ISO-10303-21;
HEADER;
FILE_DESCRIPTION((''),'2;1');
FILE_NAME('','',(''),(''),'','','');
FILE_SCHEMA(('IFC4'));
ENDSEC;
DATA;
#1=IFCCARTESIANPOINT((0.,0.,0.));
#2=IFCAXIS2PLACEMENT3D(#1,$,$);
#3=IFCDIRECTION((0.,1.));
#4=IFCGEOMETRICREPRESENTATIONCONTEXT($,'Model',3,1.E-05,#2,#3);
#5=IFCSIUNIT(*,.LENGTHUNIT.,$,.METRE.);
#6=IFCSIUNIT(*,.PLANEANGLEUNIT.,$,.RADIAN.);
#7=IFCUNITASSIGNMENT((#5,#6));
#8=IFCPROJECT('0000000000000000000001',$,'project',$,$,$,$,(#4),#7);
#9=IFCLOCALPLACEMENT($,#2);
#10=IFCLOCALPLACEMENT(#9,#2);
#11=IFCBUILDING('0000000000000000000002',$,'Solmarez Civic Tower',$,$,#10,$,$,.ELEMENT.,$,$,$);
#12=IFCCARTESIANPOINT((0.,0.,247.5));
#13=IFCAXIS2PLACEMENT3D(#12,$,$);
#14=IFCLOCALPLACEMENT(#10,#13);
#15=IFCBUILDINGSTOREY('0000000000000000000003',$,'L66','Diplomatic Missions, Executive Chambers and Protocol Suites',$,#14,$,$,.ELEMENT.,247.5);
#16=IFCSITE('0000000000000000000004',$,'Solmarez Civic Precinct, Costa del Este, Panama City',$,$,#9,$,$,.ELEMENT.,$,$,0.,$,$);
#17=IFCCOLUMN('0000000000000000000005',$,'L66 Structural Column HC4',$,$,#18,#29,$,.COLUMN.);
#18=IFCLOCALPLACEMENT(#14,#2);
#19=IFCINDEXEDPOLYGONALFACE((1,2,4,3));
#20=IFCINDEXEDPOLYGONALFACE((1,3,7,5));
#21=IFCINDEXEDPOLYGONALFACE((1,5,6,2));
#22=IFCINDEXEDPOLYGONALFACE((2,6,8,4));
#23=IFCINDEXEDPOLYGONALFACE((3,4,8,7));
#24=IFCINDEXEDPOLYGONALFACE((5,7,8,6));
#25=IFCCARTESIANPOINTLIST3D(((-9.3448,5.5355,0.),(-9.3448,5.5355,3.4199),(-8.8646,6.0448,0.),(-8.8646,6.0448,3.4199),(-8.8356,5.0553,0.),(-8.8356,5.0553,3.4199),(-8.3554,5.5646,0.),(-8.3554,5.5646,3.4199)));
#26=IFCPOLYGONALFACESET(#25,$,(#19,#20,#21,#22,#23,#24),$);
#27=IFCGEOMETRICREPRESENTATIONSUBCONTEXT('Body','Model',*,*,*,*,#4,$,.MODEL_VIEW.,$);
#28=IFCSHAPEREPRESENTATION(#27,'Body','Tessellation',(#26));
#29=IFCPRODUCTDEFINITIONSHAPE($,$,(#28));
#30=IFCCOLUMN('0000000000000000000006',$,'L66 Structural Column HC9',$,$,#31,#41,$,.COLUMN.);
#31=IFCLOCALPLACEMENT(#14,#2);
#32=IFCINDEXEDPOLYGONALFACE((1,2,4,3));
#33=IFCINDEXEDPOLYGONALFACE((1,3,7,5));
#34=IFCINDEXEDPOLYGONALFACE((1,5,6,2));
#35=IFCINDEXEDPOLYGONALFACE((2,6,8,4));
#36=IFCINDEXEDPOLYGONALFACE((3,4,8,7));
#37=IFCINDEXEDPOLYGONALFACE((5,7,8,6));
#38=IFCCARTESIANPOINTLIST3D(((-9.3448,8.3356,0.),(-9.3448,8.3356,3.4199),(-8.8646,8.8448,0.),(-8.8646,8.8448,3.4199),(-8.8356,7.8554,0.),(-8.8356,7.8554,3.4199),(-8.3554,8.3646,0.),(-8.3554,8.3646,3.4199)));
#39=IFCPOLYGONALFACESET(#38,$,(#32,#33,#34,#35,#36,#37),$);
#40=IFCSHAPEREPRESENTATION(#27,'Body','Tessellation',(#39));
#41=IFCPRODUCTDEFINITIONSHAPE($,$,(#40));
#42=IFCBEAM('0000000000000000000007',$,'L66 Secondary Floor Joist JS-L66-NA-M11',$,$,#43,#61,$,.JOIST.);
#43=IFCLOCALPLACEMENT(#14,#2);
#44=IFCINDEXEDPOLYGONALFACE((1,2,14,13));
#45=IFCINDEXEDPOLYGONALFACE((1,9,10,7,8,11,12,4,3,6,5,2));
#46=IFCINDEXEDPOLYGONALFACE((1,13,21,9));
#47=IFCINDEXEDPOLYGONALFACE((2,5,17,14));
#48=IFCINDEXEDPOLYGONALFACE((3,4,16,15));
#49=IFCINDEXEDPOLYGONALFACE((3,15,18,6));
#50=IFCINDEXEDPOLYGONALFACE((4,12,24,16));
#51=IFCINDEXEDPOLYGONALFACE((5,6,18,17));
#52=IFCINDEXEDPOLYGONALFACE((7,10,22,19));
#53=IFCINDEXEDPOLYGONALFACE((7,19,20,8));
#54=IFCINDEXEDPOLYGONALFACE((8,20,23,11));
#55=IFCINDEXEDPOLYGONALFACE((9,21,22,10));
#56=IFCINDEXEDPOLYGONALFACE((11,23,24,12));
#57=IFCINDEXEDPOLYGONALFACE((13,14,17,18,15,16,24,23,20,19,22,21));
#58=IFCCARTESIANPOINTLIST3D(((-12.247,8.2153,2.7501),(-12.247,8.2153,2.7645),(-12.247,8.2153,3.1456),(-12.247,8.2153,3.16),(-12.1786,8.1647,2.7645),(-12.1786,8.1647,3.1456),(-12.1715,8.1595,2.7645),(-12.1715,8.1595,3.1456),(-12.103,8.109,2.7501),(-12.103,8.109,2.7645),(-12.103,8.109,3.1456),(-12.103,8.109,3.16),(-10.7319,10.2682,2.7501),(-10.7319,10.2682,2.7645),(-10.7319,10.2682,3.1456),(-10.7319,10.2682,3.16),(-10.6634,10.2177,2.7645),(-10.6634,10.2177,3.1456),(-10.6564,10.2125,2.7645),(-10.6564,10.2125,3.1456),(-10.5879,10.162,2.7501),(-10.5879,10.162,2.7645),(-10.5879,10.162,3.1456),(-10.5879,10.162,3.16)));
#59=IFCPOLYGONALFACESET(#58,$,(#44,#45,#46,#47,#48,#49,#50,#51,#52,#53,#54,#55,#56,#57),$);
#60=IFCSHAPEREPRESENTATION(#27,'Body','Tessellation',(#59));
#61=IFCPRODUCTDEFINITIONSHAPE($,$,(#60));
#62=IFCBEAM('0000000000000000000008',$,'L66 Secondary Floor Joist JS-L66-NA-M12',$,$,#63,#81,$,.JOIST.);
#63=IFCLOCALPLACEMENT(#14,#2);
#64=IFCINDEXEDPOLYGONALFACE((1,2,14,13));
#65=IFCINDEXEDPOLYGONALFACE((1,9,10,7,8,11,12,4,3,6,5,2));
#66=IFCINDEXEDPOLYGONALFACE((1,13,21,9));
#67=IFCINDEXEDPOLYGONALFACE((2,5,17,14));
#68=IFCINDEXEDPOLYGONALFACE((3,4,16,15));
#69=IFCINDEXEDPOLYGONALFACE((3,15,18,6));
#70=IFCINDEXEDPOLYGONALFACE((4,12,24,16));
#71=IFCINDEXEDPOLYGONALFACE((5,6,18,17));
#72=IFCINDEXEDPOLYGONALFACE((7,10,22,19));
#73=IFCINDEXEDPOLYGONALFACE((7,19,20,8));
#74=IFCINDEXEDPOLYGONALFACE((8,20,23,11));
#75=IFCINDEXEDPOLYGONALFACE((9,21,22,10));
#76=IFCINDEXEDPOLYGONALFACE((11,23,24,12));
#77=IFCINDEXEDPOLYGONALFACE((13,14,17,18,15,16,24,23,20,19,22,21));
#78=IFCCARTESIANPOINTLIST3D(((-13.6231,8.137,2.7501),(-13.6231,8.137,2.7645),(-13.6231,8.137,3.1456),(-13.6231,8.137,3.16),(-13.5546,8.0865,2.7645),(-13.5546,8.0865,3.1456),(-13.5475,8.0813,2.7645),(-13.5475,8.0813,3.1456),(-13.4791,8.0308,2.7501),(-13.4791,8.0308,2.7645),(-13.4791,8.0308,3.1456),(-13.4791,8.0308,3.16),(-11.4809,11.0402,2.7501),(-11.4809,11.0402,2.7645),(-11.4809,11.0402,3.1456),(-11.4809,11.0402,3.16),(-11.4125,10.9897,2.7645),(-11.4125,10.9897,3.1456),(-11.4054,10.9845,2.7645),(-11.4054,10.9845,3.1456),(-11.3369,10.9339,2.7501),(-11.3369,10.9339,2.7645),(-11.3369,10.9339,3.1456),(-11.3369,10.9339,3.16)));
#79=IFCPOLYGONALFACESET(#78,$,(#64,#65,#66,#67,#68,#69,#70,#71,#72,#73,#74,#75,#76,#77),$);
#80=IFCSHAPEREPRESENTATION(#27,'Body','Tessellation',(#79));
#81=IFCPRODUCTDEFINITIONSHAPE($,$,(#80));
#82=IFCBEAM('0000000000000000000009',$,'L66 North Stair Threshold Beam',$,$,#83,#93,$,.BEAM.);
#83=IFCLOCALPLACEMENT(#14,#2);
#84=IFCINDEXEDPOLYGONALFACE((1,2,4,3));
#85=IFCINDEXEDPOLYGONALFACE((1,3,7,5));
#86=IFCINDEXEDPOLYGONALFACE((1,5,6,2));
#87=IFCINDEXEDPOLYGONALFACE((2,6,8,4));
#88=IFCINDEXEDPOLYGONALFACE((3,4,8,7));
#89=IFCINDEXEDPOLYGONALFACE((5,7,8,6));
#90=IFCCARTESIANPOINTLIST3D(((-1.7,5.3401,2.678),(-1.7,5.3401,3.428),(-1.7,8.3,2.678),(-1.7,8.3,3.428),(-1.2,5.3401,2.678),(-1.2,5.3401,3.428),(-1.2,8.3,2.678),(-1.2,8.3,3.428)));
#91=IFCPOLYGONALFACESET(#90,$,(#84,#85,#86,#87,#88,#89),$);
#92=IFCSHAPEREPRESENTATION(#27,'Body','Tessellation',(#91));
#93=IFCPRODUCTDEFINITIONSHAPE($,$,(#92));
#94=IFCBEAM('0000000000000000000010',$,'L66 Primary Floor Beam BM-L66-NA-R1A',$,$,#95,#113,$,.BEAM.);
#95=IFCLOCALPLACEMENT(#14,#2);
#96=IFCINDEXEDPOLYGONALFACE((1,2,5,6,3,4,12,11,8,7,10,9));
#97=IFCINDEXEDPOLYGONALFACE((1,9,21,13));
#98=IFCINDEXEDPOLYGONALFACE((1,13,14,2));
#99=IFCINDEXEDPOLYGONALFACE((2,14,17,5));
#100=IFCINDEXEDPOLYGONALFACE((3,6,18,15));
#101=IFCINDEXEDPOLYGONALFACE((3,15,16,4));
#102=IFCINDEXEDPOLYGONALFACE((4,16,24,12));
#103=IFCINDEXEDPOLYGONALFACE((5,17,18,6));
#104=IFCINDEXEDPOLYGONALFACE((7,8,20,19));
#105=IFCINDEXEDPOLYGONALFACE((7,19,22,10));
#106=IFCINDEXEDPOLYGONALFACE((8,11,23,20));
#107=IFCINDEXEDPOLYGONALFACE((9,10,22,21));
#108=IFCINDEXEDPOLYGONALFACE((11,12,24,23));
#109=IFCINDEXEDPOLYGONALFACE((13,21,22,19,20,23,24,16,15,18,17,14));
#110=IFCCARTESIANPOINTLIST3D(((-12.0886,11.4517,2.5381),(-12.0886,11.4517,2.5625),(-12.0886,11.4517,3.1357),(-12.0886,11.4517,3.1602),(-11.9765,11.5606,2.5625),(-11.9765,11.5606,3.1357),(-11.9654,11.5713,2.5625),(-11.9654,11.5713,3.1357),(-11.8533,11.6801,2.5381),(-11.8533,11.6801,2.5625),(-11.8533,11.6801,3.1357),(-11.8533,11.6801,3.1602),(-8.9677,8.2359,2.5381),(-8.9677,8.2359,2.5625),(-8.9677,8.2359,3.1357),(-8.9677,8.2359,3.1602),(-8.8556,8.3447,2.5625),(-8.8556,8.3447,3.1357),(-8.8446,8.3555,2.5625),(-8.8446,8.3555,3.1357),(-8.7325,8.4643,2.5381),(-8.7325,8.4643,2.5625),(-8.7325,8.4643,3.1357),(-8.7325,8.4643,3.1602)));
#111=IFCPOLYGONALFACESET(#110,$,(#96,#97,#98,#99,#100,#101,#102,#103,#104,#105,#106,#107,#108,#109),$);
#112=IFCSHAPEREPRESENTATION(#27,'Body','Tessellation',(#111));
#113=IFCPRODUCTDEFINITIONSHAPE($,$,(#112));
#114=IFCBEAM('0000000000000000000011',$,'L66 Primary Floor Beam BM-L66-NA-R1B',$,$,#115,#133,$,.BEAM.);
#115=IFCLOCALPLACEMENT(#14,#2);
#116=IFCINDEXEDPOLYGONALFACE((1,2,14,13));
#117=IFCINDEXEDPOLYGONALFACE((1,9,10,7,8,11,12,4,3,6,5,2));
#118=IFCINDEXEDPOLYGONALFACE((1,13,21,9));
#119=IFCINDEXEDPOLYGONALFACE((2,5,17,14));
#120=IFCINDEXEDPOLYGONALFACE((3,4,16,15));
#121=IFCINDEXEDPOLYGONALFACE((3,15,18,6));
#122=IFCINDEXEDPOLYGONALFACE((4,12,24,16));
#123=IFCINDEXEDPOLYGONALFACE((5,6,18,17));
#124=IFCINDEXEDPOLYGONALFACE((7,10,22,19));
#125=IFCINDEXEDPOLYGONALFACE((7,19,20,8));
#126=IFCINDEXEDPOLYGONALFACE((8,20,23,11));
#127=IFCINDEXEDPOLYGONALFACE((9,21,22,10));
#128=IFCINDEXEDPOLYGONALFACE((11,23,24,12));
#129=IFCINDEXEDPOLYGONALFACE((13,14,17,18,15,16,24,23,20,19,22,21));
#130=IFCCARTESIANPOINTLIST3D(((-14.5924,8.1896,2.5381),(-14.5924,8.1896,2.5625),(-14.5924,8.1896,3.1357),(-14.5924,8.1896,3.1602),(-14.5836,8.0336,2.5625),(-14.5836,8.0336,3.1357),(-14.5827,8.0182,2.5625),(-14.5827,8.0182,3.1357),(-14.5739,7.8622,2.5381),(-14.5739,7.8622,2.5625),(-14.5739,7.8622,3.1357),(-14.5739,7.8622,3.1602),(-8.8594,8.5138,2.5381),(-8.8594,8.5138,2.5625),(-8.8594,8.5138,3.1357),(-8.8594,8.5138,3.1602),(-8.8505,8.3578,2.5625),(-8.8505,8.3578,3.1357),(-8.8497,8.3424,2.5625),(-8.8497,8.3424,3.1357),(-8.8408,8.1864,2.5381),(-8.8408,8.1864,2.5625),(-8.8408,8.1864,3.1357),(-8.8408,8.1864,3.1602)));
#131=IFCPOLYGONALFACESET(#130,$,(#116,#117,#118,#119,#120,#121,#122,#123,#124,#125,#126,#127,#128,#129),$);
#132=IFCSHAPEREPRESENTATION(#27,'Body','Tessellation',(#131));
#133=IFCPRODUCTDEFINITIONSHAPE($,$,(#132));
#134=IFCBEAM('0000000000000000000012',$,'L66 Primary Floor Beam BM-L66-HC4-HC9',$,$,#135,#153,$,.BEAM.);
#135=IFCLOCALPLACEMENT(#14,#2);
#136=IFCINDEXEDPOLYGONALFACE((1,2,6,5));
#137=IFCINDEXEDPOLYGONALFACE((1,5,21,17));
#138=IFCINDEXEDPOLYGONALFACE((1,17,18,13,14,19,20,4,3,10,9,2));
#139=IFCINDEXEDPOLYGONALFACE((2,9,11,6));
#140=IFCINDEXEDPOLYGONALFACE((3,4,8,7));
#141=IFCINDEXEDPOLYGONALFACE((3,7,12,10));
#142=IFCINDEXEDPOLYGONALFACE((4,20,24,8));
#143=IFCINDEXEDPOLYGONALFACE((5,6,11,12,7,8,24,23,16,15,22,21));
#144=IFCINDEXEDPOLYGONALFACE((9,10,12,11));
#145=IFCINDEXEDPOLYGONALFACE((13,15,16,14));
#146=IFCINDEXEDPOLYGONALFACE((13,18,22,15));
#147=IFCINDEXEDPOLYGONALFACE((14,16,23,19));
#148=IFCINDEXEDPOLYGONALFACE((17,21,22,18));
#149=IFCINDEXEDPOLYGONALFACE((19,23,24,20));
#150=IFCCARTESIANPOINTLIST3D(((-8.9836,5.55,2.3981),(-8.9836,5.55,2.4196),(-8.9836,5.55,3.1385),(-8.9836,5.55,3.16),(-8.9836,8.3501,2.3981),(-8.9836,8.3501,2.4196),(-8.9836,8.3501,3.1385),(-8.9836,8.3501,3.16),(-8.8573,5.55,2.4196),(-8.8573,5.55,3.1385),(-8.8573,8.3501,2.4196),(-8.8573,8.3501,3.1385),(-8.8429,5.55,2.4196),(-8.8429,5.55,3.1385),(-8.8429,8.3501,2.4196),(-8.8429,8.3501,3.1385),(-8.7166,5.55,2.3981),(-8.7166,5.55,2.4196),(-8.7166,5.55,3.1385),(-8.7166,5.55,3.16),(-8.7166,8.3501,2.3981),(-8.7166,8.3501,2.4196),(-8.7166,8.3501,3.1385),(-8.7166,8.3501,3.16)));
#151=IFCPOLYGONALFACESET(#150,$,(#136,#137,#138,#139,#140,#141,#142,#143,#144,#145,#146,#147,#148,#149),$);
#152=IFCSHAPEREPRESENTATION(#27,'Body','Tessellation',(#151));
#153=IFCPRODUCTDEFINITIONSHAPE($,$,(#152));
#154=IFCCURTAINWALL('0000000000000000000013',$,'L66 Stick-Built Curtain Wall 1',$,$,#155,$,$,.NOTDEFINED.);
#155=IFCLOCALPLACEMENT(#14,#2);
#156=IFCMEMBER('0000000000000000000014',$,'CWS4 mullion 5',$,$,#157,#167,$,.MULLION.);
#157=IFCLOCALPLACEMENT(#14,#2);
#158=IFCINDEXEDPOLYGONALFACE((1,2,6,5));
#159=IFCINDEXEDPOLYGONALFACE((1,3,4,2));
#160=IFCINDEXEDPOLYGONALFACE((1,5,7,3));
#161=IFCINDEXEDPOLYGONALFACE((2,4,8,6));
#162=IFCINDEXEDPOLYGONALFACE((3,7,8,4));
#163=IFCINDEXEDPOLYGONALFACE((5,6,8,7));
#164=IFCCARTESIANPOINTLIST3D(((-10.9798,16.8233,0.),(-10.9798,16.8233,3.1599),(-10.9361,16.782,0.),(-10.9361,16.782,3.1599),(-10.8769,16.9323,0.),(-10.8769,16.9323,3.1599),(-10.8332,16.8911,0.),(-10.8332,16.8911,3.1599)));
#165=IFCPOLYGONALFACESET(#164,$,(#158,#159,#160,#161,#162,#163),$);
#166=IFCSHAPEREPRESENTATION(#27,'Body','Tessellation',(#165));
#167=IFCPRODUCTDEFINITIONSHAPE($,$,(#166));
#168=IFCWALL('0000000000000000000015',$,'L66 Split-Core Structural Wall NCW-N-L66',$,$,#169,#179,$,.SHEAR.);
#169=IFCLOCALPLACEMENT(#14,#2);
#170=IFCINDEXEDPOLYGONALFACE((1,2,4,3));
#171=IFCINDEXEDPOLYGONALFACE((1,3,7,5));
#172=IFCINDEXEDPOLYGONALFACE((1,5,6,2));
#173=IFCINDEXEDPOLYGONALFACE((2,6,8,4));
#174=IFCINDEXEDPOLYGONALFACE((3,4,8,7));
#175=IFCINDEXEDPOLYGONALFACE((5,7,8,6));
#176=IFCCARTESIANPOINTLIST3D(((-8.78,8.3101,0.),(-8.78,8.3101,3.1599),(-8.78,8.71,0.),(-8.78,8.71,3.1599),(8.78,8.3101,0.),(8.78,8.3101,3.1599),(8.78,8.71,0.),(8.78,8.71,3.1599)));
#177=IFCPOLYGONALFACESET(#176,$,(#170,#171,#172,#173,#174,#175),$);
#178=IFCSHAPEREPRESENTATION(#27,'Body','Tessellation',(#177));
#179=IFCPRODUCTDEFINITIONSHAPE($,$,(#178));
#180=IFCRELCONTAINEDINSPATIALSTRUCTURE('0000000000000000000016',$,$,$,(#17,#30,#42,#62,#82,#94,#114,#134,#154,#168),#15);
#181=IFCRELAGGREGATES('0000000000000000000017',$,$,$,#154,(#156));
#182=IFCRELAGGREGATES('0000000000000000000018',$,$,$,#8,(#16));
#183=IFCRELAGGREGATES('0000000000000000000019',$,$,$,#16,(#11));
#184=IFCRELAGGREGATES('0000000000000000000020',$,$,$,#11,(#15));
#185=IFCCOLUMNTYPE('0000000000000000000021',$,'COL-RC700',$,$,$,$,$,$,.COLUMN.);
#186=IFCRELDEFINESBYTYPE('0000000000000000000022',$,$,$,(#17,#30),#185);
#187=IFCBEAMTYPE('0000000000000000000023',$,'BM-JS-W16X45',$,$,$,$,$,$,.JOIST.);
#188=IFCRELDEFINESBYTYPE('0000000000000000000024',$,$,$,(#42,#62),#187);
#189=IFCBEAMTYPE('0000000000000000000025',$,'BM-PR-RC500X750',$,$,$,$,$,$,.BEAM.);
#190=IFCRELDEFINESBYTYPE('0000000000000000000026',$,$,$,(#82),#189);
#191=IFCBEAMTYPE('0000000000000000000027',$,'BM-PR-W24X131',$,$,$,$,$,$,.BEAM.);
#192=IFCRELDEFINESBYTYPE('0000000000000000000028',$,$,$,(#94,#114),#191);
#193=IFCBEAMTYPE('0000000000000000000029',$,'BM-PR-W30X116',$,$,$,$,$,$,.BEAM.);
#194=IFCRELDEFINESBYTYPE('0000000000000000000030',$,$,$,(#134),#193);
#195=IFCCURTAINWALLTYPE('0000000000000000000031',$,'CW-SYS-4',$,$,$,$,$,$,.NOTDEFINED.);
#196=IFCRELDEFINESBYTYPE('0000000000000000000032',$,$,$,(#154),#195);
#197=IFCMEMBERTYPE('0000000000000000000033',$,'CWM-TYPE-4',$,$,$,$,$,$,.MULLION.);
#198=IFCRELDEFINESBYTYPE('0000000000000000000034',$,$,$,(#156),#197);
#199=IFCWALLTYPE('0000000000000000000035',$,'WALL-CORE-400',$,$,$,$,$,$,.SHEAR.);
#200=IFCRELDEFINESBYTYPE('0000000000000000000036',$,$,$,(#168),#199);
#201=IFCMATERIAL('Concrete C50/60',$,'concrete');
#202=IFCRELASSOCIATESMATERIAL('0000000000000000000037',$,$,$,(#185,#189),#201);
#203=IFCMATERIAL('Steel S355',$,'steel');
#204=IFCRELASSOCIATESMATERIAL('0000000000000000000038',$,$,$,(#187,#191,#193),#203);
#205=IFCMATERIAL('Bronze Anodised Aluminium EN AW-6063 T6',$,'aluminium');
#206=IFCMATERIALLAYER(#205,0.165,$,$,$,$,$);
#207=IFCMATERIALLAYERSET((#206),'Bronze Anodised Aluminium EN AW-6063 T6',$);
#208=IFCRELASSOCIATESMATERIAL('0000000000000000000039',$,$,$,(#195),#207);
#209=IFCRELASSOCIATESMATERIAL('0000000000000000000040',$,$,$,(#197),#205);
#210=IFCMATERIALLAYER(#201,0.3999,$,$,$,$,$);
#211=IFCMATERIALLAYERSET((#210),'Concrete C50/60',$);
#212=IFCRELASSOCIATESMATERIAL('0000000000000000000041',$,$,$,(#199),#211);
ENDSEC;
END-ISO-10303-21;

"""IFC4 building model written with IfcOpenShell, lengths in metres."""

from ifc_helpers import new_model, si_unit, direction, frame, frame_2d, origin, origin_2d, place, context, subcontext, project, spatial, rectangle, i_section, extrude, material, layer, layer_set, material_profile, profile_set, type_object, element, aggregate, save


model = new_model("IFC4")

# Units and contexts
model_context = context("Model", 3, precision=1e-05, world=origin(), true_north=direction((0.0, 1.0)))
body_context = subcontext(model_context, "Body", "Model", "MODEL_VIEW")
ifc_project = project(units=[si_unit("LENGTHUNIT", "METRE"), si_unit("PLANEANGLEUNIT", "RADIAN")], contexts=[model_context])

# Site, building, storey
site_placement = place(None, origin())
site = spatial("IfcSite", under=ifc_project, at=site_placement, Name="Solmarez Civic Precinct, Costa del Este, Panama City", CompositionType="ELEMENT", RefElevation=0.0)
building_placement = place(site_placement, origin())
building = spatial("IfcBuilding", under=site, at=building_placement, Name="Solmarez Civic Tower", CompositionType="ELEMENT")
storey_placement = place(building_placement, frame((0.0, 0.0, 247.5)))
storey = spatial("IfcBuildingStorey", under=building, at=storey_placement, Name="L66", Description="Diplomatic Missions, Executive Chambers and Protocol Suites", CompositionType="ELEMENT", Elevation=247.5)

# Columns
ifc_material_1 = material(Name="Concrete C50/60", Category="concrete")
ifc_material_profile_1 = material_profile(ifc_material_1, rectangle(XDim=0.7, YDim=0.7, at=origin_2d()), Name="RC700X700")
ifc_profile_set_1 = profile_set([ifc_material_profile_1], Name="Concrete C50/60")
column_type = type_object("IfcColumnType", Name="COL-RC700", PredefinedType="COLUMN", material=ifc_profile_set_1)
for number, where, z_axis, x_axis, name in (
    (1, (-8.8501, 5.55, 0.0), (0.0, 0.0, 1.0), (0.686072, 0.727533, 0.0), "L66 Structural Column HC4"),
    (2, (-8.8501, 8.3501, 0.0), (0.0, 0.0, 1.0), (0.686072, 0.727533, 0.0), "L66 Structural Column HC9"),
):
    element("IfcColumn", number, at=place(storey_placement, frame(where, z_axis=z_axis, x_axis=x_axis)), inside=storey, type_object=column_type, Name=name, PredefinedType="COLUMN", context=body_context, shape_type="SweptSolid", body=[
        extrude(rectangle(XDim=0.7, YDim=0.7, at=origin_2d()), origin(), (0.0, 0.0, 1.0), 3.4199),
    ])

# Beams
ifc_material_2 = material(Name="Steel S355", Category="steel")
ifc_material_profile_2 = material_profile(ifc_material_2, i_section(OverallWidth=0.179, OverallDepth=0.4099, WebThickness=0.0088, FlangeThickness=0.0144, at=origin_2d()), Name="W16X45")
ifc_profile_set_2 = profile_set([ifc_material_profile_2], Name="Steel S355")
beam_type_1 = type_object("IfcBeamType", Name="BM-JS-W16X45", PredefinedType="JOIST", material=ifc_profile_set_2)
beam_1_placement = place(storey_placement, frame((-10.6599, 10.2151, 2.9551), z_axis=(-0.593812, -0.804603, 0.0), x_axis=(0.804603, -0.593812, 0.0)))
element("IfcBeam", 3, at=beam_1_placement, inside=storey, type_object=beam_type_1, Name="L66 Secondary Floor Joist JS-L66-NA-M11", PredefinedType="JOIST", context=body_context, shape_type="SweptSolid", body=[
    extrude(i_section(OverallWidth=0.179, OverallDepth=0.4099, WebThickness=0.0088, FlangeThickness=0.0144, at=origin_2d()), origin(), (0.0, 0.0, 1.0), 2.5515),
])
beam_2_placement = place(storey_placement, frame((-11.4089, 10.9871, 2.9551), z_axis=(-0.593734, -0.804661, 0.0), x_axis=(0.804661, -0.593734, 0.0)))
element("IfcBeam", 4, at=beam_2_placement, inside=storey, type_object=beam_type_1, Name="L66 Secondary Floor Joist JS-L66-NA-M12", PredefinedType="JOIST", context=body_context, shape_type="SweptSolid", body=[
    extrude(i_section(OverallWidth=0.179, OverallDepth=0.4099, WebThickness=0.0088, FlangeThickness=0.0144, at=origin_2d()), origin(), (0.0, 0.0, 1.0), 3.6079),
])
ifc_material_profile_3 = material_profile(ifc_material_1, rectangle(XDim=0.5, YDim=0.75, at=origin_2d()), Name="RC500X750")
ifc_profile_set_3 = profile_set([ifc_material_profile_3], Name="Concrete C50/60")
beam_type_2 = type_object("IfcBeamType", Name="BM-PR-RC500X750", PredefinedType="BEAM", material=ifc_profile_set_3)
beam_3_placement = place(storey_placement, frame((-1.45, 5.3401, 3.053), z_axis=(0.0, 1.0, 0.0), x_axis=(-1.0, 0.0, 0.0)))
element("IfcBeam", 5, at=beam_3_placement, inside=storey, type_object=beam_type_2, Name="L66 North Stair Threshold Beam", PredefinedType="BEAM", context=body_context, shape_type="SweptSolid", body=[
    extrude(rectangle(XDim=0.5, YDim=0.75, at=origin_2d()), origin(), (0.0, 0.0, 1.0), 2.96),
])
ifc_material_profile_4 = material_profile(ifc_material_2, i_section(OverallWidth=0.3279, OverallDepth=0.6221, WebThickness=0.0154, FlangeThickness=0.0244, at=origin_2d()), Name="W24X131")
ifc_profile_set_4 = profile_set([ifc_material_profile_4], Name="Steel S355")
beam_type_3 = type_object("IfcBeamType", Name="BM-PR-W24X131", PredefinedType="BEAM", material=ifc_profile_set_4)
beam_4_placement = place(storey_placement, frame((-8.8501, 8.3501, 2.8491), z_axis=(-0.696431, 0.717624, 0.0), x_axis=(-0.717624, -0.696431, 0.0)))
element("IfcBeam", 6, at=beam_4_placement, inside=storey, type_object=beam_type_3, Name="L66 Primary Floor Beam BM-L66-NA-R1A", PredefinedType="BEAM", context=body_context, shape_type="SweptSolid", body=[
    extrude(i_section(OverallWidth=0.3279, OverallDepth=0.6221, WebThickness=0.0154, FlangeThickness=0.0244, at=origin_2d()), origin(), (0.0, 0.0, 1.0), 4.4812),
])
beam_5_placement = place(storey_placement, frame((-8.8501, 8.3501, 2.8491), z_axis=(-0.998405, -0.056464, 0.0), x_axis=(0.056464, -0.998405, 0.0)))
element("IfcBeam", 7, at=beam_5_placement, inside=storey, type_object=beam_type_3, Name="L66 Primary Floor Beam BM-L66-NA-R1B", PredefinedType="BEAM", context=body_context, shape_type="SweptSolid", body=[
    extrude(i_section(OverallWidth=0.3279, OverallDepth=0.6221, WebThickness=0.0154, FlangeThickness=0.0244, at=origin_2d()), origin(), (0.0, 0.0, 1.0), 5.7422),
])
ifc_material_profile_5 = material_profile(ifc_material_2, i_section(OverallWidth=0.2671, OverallDepth=0.762, WebThickness=0.0144, FlangeThickness=0.0215, at=origin_2d()), Name="W30X116")
ifc_profile_set_5 = profile_set([ifc_material_profile_5], Name="Steel S355")
beam_type_4 = type_object("IfcBeamType", Name="BM-PR-W30X116", PredefinedType="BEAM", material=ifc_profile_set_5)
beam_6_placement = place(storey_placement, frame((-8.8501, 5.55, 2.7791), z_axis=(0.0, 1.0, 0.0), x_axis=(-1.0, 0.0, 0.0)))
element("IfcBeam", 8, at=beam_6_placement, inside=storey, type_object=beam_type_4, Name="L66 Primary Floor Beam BM-L66-HC4-HC9", PredefinedType="BEAM", context=body_context, shape_type="SweptSolid", body=[
    extrude(i_section(OverallWidth=0.2671, OverallDepth=0.762, WebThickness=0.0144, FlangeThickness=0.0215, at=origin_2d()), origin(), (0.0, 0.0, 1.0), 2.8),
])

# Curtain wall, member
ifc_material_3 = material(Name="Bronze Anodised Aluminium EN AW-6063 T6", Category="aluminium")
ifc_layer_1 = layer(ifc_material_3, 0.165)
ifc_layer_set_1 = layer_set([ifc_layer_1], Name="Bronze Anodised Aluminium EN AW-6063 T6")
curtain_wall_type = type_object("IfcCurtainWallType", Name="CW-SYS-4", PredefinedType="NOTDEFINED", material=ifc_layer_set_1)
curtain_wall_placement = place(storey_placement, origin())
curtain_wall = element("IfcCurtainWall", 9, at=curtain_wall_placement, inside=storey, type_object=curtain_wall_type, Name="L66 Stick-Built Curtain Wall 1", PredefinedType="NOTDEFINED")
ifc_material_profile_6 = material_profile(ifc_material_3, rectangle(XDim=0.0601, YDim=0.1499, at=origin_2d()), Name="CWM-60X150")
ifc_profile_set_6 = profile_set([ifc_material_profile_6], Name="Bronze Anodised Aluminium EN AW-6063 T6")
member_type = type_object("IfcMemberType", Name="CWM-TYPE-4", PredefinedType="MULLION", material=ifc_profile_set_6)
member_placement = place(storey_placement, frame((-10.9065, 16.8572, 0.0), z_axis=(0.0, 0.0, 1.0), x_axis=(-0.727535, 0.686071, 0.0)))
member = element("IfcMember", 10, at=member_placement, type_object=member_type, Name="CWS4 mullion 5", PredefinedType="MULLION", context=body_context, shape_type="SweptSolid", body=[
    extrude(rectangle(XDim=0.0601, YDim=0.1499, at=origin_2d()), origin(), (0.0, 0.0, 1.0), 3.1599),
])
aggregate(curtain_wall, [member])

# Wall
ifc_layer_2 = layer(ifc_material_1, 0.3999)
ifc_layer_set_2 = layer_set([ifc_layer_2], Name="Concrete C50/60")
wall_type_1 = type_object("IfcWallType", Name="WALL-CORE-400", PredefinedType="SHEAR", material=ifc_layer_set_2)
wall_1_placement = place(storey_placement, frame((-8.78, 8.51, 0.0), z_axis=(0.0, 0.0, 1.0), x_axis=(1.0, 0.0, 0.0)))
element("IfcWall", 11, at=wall_1_placement, inside=storey, type_object=wall_type_1, Name="L66 Split-Core Structural Wall NCW-N-L66", PredefinedType="SHEAR", context=body_context, shape_type="SweptSolid", body=[
    extrude(rectangle(XDim=17.5601, YDim=0.3999, at=frame_2d((8.78, 0.0))), origin(), (0.0, 0.0, 1.0), 3.1599),
])

save(model, "model.ifc")
